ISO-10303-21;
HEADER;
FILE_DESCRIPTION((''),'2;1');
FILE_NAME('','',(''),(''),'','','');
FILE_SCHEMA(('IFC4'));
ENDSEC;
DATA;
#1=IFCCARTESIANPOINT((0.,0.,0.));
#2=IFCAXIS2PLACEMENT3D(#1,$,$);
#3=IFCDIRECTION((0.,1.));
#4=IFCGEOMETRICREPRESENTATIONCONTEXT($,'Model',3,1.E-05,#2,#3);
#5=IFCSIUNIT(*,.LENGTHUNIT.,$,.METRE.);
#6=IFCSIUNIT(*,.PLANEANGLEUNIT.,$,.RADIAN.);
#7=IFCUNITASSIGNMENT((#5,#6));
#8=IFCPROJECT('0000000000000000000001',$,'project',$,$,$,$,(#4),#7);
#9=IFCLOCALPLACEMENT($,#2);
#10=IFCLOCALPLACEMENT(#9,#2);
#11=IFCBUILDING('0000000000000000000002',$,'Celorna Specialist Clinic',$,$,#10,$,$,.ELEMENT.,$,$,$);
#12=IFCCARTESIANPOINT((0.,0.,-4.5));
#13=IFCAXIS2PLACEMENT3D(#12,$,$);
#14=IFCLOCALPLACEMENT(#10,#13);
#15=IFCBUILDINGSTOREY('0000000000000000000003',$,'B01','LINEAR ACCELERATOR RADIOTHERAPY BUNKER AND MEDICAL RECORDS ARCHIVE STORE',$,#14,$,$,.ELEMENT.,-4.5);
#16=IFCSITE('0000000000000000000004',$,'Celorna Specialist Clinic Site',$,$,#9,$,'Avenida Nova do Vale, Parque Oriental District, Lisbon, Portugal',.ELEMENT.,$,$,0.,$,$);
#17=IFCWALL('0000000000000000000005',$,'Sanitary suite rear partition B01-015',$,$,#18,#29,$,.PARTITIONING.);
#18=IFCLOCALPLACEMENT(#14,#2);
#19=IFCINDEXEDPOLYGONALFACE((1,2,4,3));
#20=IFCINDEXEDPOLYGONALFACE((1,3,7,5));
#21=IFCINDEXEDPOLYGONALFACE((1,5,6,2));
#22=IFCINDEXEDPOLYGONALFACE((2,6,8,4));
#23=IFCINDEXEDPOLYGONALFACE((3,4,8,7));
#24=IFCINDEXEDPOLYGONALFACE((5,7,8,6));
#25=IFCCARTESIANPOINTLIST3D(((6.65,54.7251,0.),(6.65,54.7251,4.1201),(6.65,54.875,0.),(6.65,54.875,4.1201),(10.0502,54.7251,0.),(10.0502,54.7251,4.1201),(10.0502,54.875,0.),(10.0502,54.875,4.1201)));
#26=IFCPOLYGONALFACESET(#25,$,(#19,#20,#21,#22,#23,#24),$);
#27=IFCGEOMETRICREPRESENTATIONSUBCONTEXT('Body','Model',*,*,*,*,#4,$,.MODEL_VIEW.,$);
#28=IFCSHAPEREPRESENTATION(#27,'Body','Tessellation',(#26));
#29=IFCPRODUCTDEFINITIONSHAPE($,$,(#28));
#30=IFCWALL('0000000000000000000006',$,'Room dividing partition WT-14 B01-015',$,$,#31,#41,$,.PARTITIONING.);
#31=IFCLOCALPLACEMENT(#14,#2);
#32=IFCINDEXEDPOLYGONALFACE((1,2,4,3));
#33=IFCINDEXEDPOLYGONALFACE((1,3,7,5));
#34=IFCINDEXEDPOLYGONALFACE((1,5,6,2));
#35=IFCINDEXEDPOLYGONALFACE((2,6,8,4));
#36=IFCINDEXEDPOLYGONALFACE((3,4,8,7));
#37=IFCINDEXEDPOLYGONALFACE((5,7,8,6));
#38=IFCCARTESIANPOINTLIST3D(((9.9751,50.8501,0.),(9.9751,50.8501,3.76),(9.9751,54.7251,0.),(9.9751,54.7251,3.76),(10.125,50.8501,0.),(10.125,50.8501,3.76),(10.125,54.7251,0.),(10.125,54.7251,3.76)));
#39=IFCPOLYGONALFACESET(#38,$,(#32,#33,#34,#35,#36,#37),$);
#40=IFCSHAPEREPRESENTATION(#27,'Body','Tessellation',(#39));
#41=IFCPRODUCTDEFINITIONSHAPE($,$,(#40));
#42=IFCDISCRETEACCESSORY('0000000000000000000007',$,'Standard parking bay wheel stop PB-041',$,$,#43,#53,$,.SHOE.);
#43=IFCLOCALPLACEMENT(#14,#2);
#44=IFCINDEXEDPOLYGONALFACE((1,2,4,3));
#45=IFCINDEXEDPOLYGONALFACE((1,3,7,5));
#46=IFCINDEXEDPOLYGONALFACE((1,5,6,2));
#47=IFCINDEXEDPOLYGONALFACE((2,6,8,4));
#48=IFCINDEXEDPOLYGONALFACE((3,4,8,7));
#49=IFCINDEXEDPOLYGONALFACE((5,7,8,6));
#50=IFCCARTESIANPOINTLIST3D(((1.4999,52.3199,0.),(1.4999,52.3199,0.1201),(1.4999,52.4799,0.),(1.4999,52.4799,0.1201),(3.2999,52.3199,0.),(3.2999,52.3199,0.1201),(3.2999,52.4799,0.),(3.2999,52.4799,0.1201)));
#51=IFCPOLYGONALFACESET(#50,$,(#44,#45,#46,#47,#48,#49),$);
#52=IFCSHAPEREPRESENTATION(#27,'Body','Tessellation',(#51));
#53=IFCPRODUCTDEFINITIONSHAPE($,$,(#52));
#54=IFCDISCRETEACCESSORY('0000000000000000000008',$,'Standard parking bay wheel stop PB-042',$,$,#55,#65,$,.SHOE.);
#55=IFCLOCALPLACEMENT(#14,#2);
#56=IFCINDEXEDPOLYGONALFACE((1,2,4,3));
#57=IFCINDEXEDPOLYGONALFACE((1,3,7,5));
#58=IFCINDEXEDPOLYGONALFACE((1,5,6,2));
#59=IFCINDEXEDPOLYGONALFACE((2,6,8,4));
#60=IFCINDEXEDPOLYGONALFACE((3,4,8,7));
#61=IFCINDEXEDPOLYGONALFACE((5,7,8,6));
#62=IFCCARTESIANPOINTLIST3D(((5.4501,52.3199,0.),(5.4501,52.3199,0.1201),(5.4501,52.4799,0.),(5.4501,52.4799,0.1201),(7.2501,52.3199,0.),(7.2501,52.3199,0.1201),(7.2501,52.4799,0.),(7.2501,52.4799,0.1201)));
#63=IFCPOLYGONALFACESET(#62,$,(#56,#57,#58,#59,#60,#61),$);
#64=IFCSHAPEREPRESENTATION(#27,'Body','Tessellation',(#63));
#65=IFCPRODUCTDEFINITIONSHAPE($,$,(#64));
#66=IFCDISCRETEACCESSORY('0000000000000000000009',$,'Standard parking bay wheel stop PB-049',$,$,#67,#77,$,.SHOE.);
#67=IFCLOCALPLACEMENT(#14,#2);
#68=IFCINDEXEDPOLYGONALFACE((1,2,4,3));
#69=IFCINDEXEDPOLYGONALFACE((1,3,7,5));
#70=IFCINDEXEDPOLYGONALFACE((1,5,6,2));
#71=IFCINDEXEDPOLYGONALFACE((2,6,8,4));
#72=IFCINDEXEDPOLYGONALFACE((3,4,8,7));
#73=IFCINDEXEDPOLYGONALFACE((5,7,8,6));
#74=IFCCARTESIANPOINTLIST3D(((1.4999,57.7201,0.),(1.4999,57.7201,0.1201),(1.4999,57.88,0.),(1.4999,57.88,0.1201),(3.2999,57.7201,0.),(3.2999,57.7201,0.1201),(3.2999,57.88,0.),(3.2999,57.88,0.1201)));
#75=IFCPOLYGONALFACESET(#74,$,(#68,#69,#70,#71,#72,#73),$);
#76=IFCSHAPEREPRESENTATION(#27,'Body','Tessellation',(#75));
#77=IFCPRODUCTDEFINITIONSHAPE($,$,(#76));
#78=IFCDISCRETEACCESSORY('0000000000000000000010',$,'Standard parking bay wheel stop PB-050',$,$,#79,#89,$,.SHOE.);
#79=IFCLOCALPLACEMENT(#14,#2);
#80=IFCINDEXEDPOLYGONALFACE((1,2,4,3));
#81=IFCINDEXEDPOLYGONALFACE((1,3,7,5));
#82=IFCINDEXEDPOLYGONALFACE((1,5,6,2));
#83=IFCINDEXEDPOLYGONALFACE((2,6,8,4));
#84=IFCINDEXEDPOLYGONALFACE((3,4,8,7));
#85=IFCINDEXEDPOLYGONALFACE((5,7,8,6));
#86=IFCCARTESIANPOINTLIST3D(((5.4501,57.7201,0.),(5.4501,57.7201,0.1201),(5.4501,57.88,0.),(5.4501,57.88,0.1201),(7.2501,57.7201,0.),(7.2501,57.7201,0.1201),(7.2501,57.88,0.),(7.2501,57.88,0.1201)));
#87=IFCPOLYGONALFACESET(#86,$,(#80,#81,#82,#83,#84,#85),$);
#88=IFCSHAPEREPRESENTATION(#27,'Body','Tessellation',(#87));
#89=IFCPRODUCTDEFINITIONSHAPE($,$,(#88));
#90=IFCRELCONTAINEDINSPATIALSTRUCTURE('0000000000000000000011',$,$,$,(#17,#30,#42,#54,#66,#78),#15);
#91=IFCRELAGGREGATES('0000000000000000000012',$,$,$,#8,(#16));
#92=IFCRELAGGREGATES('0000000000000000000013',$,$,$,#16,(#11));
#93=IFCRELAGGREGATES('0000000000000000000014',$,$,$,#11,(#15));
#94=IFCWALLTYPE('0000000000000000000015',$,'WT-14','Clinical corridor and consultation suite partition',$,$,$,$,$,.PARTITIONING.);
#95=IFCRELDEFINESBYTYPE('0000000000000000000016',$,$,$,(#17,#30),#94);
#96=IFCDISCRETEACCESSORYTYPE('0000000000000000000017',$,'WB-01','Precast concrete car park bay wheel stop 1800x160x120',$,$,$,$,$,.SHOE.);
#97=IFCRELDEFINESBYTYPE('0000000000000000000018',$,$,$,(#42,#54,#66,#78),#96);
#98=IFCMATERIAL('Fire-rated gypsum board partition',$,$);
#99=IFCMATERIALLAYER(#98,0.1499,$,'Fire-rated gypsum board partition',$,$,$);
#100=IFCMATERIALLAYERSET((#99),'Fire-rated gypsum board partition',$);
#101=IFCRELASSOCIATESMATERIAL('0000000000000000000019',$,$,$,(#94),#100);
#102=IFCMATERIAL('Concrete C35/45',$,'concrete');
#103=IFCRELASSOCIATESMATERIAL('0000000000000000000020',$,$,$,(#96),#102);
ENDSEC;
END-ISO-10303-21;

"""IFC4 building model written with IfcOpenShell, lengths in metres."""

from ifc_helpers import new_model, si_unit, direction, frame, frame_2d, origin, origin_2d, place, context, subcontext, project, spatial, rectangle, extrude, material, layer, layer_set, type_object, element, save


model = new_model("IFC4")

# Units and contexts
model_context = context("Model", 3, precision=1e-05, world=origin(), true_north=direction((0.0, 1.0)))
body_context = subcontext(model_context, "Body", "Model", "MODEL_VIEW")
ifc_project = project(units=[si_unit("LENGTHUNIT", "METRE"), si_unit("PLANEANGLEUNIT", "RADIAN")], contexts=[model_context])

# Site, building, storey
site_placement = place(None, origin())
site = spatial("IfcSite", under=ifc_project, at=site_placement, Name="Celorna Specialist Clinic Site", LongName="Avenida Nova do Vale, Parque Oriental District, Lisbon, Portugal", CompositionType="ELEMENT", RefElevation=0.0)
building_placement = place(site_placement, origin())
building = spatial("IfcBuilding", under=site, at=building_placement, Name="Celorna Specialist Clinic", CompositionType="ELEMENT")
storey_placement = place(building_placement, frame((0.0, 0.0, -4.5)))
storey = spatial("IfcBuildingStorey", under=building, at=storey_placement, Name="B01", Description="LINEAR ACCELERATOR RADIOTHERAPY BUNKER AND MEDICAL RECORDS ARCHIVE STORE", CompositionType="ELEMENT", Elevation=-4.5)

# Shared definitions
ifc_material_1 = material(Name="Concrete C35/45", Category="concrete")

# Shared definitions
ifc_material_2 = material(Name="Fire-rated gypsum board partition")
ifc_layer_1 = layer(ifc_material_2, 0.1499, Name="Fire-rated gypsum board partition")
ifc_layer_set_1 = layer_set([ifc_layer_1], Name="Fire-rated gypsum board partition")
wall_type_1 = type_object("IfcWallType", Name="WT-14", Description="Clinical corridor and consultation suite partition", PredefinedType="PARTITIONING", material=ifc_layer_set_1)

# Walls
wall_1_placement = place(storey_placement, frame((6.6499, 54.8, 0.0), z_axis=(0.0, 0.0, 1.0), x_axis=(1.0, 0.0, 0.0)))
element("IfcWall", 1, at=wall_1_placement, inside=storey, type_object=wall_type_1, Name="Sanitary suite rear partition B01-015", PredefinedType="PARTITIONING", context=body_context, shape_type="SweptSolid", body=[
    extrude(rectangle(XDim=3.4001, YDim=0.1499, at=frame_2d((1.7002, 0.0))), origin(), (0.0, 0.0, 1.0), 4.1201),
])
wall_2_placement = place(storey_placement, frame((10.05, 50.8501, 0.0), z_axis=(0.0, 0.0, 1.0), x_axis=(0.0, 1.0, 0.0)))
element("IfcWall", 2, at=wall_2_placement, inside=storey, type_object=wall_type_1, Name="Room dividing partition WT-14 B01-015", PredefinedType="PARTITIONING", context=body_context, shape_type="SweptSolid", body=[
    extrude(rectangle(XDim=3.875, YDim=0.1499, at=frame_2d((1.9375, 0.0))), origin(), (0.0, 0.0, 1.0), 3.76),
])

# Discrete accessories
discrete_accessory_type = type_object("IfcDiscreteAccessoryType", Name="WB-01", Description="Precast concrete car park bay wheel stop 1800x160x120", PredefinedType="SHOE", material=ifc_material_1)
for number, where, z_axis, x_axis, name in (
    (3, (2.3999, 52.3999, 0.0), (0.0, 0.0, 1.0), (1.0, 0.0, 0.0), "Standard parking bay wheel stop PB-041"),
    (4, (6.3501, 52.3999, 0.0), (0.0, 0.0, 1.0), (1.0, 0.0, 0.0), "Standard parking bay wheel stop PB-042"),
    (5, (2.3999, 57.8, 0.0), (0.0, 0.0, 1.0), (1.0, 0.0, 0.0), "Standard parking bay wheel stop PB-049"),
    (6, (6.3501, 57.8, 0.0), (0.0, 0.0, 1.0), (1.0, 0.0, 0.0), "Standard parking bay wheel stop PB-050"),
):
    element("IfcDiscreteAccessory", number, at=place(storey_placement, frame(where, z_axis=z_axis, x_axis=x_axis)), inside=storey, type_object=discrete_accessory_type, Name=name, PredefinedType="SHOE", context=body_context, shape_type="SweptSolid", body=[
        extrude(rectangle(XDim=1.8, YDim=0.1599, at=origin_2d()), origin(), (0.0, 0.0, 1.0), 0.1201),
    ])

save(model, "model.ifc")
